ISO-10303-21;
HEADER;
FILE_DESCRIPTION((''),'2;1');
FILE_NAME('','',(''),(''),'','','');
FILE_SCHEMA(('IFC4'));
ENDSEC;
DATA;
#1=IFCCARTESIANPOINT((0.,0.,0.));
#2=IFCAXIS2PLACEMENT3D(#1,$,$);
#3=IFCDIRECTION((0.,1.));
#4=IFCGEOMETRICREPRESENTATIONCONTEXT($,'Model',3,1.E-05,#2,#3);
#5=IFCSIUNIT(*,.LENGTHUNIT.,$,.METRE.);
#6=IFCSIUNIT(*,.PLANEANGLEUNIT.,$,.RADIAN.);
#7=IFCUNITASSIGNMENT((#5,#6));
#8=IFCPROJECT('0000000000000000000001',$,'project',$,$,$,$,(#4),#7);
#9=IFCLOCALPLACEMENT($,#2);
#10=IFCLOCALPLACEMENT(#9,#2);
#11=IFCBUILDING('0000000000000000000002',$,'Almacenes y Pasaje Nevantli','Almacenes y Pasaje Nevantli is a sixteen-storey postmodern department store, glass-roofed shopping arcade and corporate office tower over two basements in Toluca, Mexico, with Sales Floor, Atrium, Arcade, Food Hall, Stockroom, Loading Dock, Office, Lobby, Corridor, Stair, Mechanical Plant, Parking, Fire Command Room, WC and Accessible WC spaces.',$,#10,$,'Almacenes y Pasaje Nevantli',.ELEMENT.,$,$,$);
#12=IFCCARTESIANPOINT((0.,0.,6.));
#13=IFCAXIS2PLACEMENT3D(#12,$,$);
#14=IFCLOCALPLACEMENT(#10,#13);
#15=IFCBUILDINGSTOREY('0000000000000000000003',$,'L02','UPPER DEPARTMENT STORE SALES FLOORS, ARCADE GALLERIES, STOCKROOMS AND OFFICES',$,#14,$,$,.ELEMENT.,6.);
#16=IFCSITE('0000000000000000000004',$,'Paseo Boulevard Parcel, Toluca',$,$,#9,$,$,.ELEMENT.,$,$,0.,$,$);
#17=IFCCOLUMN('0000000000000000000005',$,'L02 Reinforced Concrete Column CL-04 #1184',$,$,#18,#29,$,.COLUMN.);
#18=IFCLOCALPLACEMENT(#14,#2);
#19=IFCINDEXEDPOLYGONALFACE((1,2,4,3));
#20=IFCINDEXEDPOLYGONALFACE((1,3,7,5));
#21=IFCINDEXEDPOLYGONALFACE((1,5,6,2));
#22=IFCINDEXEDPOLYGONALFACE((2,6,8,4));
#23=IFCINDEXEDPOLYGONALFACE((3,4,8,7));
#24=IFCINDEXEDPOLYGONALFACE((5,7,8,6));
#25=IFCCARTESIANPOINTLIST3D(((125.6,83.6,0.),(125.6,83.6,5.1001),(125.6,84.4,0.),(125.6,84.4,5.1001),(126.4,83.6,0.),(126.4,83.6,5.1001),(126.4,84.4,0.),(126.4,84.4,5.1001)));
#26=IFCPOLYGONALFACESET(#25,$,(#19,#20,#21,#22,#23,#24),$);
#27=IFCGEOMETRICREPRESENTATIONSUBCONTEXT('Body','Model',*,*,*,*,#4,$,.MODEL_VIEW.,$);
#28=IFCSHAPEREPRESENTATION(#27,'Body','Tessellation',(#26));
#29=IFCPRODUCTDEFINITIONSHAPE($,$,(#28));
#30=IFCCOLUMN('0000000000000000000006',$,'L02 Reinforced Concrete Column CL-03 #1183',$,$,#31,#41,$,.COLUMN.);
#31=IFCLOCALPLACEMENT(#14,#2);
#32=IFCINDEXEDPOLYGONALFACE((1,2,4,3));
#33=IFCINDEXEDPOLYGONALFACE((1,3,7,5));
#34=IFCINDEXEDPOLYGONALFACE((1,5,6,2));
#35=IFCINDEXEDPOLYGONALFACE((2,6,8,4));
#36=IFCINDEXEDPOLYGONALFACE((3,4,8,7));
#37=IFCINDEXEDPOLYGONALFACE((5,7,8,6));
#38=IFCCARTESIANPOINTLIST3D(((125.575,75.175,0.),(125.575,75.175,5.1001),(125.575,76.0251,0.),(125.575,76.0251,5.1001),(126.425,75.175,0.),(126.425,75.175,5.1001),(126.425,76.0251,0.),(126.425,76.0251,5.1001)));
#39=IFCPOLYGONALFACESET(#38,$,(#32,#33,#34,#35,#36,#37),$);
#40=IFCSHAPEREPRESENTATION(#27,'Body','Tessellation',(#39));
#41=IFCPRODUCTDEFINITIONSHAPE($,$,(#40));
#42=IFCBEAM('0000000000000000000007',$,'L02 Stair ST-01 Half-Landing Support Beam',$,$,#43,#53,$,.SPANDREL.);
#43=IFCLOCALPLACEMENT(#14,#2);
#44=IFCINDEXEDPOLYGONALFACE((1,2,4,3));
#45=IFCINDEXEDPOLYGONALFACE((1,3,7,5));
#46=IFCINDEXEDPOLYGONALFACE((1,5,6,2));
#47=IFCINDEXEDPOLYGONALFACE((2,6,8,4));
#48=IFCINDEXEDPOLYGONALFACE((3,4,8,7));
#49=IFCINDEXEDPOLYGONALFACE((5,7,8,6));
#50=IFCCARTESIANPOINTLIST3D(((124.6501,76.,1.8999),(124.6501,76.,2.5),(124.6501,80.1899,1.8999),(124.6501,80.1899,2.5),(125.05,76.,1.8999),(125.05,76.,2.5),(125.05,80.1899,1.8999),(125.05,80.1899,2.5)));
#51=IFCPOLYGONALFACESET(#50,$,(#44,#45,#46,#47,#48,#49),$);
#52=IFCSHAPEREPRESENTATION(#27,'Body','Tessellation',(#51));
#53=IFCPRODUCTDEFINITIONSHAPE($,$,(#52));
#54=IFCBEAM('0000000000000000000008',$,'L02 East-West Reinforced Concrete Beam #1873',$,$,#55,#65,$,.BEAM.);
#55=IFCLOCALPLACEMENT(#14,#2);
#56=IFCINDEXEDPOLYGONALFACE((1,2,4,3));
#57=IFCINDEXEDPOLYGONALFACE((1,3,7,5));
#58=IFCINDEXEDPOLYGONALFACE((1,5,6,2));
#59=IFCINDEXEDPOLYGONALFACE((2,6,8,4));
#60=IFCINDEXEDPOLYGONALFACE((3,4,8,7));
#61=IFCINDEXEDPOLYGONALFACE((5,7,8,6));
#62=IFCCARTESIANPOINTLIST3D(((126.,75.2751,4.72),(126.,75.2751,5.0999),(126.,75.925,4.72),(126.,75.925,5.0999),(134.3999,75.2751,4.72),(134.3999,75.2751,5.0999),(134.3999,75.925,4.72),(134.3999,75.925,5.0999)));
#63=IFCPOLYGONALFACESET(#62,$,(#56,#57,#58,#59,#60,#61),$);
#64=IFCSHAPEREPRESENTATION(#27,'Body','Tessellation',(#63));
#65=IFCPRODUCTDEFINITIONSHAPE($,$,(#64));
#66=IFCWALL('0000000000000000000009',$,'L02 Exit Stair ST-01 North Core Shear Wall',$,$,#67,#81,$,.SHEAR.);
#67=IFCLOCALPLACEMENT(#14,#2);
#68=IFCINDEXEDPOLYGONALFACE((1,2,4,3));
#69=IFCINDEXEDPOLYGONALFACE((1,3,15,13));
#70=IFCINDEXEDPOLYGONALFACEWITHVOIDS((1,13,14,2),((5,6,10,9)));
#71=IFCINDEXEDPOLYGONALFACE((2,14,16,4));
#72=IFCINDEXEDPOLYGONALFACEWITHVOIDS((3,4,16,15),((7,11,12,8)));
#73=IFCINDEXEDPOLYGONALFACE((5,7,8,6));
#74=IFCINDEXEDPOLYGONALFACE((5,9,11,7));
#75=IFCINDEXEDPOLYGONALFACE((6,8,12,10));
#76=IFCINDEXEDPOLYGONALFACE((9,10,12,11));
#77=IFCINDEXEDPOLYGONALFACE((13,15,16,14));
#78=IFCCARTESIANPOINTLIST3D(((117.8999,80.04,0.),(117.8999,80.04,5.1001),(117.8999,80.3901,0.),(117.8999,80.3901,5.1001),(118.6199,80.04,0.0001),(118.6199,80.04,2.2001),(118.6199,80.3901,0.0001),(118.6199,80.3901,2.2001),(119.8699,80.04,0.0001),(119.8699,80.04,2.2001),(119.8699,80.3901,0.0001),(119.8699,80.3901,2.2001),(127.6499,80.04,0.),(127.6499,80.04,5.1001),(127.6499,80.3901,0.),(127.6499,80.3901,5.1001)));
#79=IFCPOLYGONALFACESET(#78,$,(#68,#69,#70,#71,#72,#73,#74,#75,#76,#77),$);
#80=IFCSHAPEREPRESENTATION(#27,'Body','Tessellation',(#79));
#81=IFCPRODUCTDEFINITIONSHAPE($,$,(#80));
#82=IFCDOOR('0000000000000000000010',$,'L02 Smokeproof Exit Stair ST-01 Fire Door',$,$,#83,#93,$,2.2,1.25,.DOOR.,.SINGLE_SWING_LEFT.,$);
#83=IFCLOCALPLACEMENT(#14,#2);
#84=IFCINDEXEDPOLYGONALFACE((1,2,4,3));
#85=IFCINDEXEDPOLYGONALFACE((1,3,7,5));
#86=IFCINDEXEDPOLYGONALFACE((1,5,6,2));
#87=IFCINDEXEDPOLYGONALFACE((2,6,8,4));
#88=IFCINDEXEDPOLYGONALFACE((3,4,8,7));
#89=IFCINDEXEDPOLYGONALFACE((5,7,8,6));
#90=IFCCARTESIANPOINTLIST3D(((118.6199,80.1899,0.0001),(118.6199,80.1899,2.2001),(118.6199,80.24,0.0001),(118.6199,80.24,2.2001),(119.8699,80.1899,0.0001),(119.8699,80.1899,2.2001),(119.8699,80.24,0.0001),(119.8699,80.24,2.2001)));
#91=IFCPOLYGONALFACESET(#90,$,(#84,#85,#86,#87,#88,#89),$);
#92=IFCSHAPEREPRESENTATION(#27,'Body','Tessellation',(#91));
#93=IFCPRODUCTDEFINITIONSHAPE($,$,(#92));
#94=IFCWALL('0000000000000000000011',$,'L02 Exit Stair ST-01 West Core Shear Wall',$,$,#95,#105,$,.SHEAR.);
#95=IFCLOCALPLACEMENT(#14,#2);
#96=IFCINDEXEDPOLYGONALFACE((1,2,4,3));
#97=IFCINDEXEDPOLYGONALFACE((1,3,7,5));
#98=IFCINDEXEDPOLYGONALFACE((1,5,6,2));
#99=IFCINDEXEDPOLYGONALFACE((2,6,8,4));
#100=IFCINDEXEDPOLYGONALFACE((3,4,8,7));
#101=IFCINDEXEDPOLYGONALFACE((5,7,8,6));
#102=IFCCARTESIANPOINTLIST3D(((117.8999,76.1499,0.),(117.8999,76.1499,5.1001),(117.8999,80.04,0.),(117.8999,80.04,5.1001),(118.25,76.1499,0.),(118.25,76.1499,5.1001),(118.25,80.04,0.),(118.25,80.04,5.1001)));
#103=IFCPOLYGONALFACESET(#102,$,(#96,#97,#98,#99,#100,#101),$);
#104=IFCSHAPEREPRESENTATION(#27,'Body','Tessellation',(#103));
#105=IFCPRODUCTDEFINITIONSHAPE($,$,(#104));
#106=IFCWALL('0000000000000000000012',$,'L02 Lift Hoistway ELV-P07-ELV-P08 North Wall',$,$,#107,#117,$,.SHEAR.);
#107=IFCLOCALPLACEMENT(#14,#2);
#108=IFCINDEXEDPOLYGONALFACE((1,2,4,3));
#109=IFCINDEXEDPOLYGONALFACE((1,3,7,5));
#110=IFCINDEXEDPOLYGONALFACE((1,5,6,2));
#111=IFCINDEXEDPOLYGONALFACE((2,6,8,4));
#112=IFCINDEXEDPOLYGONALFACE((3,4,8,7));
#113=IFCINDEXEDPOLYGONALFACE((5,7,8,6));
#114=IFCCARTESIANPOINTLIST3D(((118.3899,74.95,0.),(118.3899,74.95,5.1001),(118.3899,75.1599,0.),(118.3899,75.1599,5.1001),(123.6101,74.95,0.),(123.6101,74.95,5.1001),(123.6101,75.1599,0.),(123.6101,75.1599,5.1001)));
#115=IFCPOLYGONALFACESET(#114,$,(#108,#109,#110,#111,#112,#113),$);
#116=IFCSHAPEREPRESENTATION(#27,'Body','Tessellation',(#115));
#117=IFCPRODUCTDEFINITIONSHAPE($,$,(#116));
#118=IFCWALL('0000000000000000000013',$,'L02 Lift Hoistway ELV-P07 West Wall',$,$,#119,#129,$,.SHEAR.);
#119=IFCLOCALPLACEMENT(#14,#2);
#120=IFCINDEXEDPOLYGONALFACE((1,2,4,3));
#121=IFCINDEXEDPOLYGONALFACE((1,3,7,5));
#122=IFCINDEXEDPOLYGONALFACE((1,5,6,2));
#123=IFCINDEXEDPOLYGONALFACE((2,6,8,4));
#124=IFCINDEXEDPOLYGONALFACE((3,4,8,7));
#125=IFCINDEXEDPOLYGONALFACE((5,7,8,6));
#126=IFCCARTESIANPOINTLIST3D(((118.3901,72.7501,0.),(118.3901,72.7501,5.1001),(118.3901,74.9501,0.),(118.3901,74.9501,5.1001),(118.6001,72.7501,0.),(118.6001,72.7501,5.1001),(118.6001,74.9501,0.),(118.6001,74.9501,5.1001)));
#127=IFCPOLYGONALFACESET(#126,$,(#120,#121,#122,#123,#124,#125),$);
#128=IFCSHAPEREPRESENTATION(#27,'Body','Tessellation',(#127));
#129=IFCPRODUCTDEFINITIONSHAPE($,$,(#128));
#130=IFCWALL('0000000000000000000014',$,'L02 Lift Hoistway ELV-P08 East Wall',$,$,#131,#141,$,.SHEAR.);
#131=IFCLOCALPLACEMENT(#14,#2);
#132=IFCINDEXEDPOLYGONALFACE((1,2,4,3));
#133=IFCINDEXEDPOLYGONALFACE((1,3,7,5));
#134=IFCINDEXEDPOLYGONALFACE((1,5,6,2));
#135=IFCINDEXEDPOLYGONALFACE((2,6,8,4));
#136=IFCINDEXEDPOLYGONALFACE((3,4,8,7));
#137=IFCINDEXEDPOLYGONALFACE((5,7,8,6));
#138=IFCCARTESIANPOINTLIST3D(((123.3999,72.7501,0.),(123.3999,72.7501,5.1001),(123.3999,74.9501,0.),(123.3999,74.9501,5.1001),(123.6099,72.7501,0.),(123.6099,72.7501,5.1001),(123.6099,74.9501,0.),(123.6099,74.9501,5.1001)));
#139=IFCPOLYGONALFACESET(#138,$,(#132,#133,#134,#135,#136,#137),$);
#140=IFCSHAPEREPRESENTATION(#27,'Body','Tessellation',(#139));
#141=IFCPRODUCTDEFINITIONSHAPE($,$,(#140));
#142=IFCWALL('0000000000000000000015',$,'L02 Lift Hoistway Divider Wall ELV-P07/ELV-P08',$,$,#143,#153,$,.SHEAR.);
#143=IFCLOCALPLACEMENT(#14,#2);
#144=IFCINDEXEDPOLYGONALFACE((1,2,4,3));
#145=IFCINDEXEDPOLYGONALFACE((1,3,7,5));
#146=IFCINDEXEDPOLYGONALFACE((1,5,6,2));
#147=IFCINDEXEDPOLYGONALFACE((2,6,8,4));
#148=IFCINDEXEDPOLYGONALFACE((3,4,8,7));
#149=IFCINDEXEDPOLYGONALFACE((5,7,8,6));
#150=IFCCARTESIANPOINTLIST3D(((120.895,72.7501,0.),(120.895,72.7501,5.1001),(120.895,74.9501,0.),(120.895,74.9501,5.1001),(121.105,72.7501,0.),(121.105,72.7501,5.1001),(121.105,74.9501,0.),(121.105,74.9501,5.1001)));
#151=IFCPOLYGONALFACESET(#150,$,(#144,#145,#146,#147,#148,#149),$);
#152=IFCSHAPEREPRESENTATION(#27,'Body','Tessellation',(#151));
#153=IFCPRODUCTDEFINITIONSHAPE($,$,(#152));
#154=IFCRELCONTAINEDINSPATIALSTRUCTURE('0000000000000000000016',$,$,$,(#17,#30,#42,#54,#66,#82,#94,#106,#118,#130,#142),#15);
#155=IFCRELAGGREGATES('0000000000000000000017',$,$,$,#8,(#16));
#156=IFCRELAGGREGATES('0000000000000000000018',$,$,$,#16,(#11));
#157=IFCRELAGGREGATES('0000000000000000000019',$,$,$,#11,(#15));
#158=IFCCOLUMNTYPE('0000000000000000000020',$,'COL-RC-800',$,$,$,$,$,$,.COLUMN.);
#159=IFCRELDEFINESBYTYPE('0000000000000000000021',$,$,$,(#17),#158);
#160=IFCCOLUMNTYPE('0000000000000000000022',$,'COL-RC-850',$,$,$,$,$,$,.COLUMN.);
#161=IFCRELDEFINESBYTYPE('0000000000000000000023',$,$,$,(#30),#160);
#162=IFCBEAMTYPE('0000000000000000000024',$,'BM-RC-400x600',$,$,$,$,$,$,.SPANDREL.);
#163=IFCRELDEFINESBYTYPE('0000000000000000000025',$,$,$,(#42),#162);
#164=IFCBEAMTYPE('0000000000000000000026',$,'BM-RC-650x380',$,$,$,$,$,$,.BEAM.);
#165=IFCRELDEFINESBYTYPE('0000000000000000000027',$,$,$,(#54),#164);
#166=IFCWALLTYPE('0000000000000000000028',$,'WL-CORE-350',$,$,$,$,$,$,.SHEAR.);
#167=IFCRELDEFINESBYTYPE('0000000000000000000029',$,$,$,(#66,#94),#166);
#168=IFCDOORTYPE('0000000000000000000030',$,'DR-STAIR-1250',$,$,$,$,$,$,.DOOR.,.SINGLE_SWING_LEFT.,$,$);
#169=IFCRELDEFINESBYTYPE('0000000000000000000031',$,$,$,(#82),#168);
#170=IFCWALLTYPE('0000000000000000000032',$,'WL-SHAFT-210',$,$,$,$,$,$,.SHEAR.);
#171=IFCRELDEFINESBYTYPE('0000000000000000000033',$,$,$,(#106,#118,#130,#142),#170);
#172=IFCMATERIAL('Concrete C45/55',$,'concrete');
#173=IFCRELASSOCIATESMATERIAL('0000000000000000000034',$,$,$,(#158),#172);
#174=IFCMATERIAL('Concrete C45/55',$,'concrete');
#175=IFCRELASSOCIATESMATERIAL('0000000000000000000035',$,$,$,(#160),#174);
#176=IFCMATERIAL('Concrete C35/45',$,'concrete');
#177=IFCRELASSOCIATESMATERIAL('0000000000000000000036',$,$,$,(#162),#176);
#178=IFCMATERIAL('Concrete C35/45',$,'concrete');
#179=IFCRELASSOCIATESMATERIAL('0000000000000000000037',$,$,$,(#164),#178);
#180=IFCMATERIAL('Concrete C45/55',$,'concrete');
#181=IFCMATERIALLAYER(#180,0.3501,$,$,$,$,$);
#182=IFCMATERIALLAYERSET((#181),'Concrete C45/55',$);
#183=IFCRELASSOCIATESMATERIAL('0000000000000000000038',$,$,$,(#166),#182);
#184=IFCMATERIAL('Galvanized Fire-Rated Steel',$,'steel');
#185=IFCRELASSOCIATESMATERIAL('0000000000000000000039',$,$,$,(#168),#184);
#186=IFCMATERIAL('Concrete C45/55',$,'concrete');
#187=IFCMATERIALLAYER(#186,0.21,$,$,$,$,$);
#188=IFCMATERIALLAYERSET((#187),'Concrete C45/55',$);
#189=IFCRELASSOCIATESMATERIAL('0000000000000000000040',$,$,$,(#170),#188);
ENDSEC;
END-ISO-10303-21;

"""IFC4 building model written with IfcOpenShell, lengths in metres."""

from ifc_helpers import new_model, si_unit, direction, frame, frame_2d, origin, origin_2d, place, context, subcontext, project, spatial, rectangle, extrude, material, layer, layer_set, material_profile, profile_set, type_object, element, fill, save


model = new_model("IFC4")

# Units and contexts
model_context = context("Model", 3, precision=1e-05, world=origin(), true_north=direction((0.0, 1.0)))
body_context = subcontext(model_context, "Body", "Model", "MODEL_VIEW")
ifc_project = project(units=[si_unit("LENGTHUNIT", "METRE"), si_unit("PLANEANGLEUNIT", "RADIAN")], contexts=[model_context])

# Site, building, storey
site_placement = place(None, origin())
site = spatial("IfcSite", under=ifc_project, at=site_placement, Name="Paseo Boulevard Parcel, Toluca", CompositionType="ELEMENT", RefElevation=0.0)
building_placement = place(site_placement, origin())
building = spatial("IfcBuilding", under=site, at=building_placement, Name="Almacenes y Pasaje Nevantli", Description="Almacenes y Pasaje Nevantli is a sixteen-storey postmodern department store, glass-roofed shopping arcade and corporate office tower over two basements in Toluca, Mexico, with Sales Floor, Atrium, Arcade, Food Hall, Stockroom, Loading Dock, Office, Lobby, Corridor, Stair, Mechanical Plant, Parking, Fire Command Room, WC and Accessible WC spaces.", LongName="Almacenes y Pasaje Nevantli", CompositionType="ELEMENT")
storey_placement = place(building_placement, frame((0.0, 0.0, 6.0)))
storey = spatial("IfcBuildingStorey", under=building, at=storey_placement, Name="L02", Description="UPPER DEPARTMENT STORE SALES FLOORS, ARCADE GALLERIES, STOCKROOMS AND OFFICES", CompositionType="ELEMENT", Elevation=6.0)

# Columns
ifc_material_1 = material(Name="Concrete C45/55", Category="concrete")
ifc_material_profile_1 = material_profile(ifc_material_1, rectangle(XDim=0.8, YDim=0.8, at=origin_2d()), Name="RC-COL-800x800")
ifc_profile_set_1 = profile_set([ifc_material_profile_1], Name="Concrete C45/55")
column_type_1 = type_object("IfcColumnType", Name="COL-RC-800", PredefinedType="COLUMN", material=ifc_profile_set_1)
column_1_placement = place(storey_placement, frame((126.0, 84.0, 0.0), z_axis=(0.0, 0.0, 1.0), x_axis=(1.0, 0.0, 0.0)))
element("IfcColumn", 1, at=column_1_placement, inside=storey, type_object=column_type_1, Name="L02 Reinforced Concrete Column CL-04 #1184", PredefinedType="COLUMN", context=body_context, shape_type="SweptSolid", body=[
    extrude(rectangle(XDim=0.8, YDim=0.8, at=origin_2d()), origin(), (0.0, 0.0, 1.0), 5.1001),
])
ifc_material_2 = material(Name="Concrete C45/55", Category="concrete")
ifc_material_profile_2 = material_profile(ifc_material_2, rectangle(XDim=0.8501, YDim=0.8501, at=origin_2d()), Name="RC-COL-850x850")
ifc_profile_set_2 = profile_set([ifc_material_profile_2], Name="Concrete C45/55")
column_type_2 = type_object("IfcColumnType", Name="COL-RC-850", PredefinedType="COLUMN", material=ifc_profile_set_2)
column_2_placement = place(storey_placement, frame((126.0, 75.6001, 0.0), z_axis=(0.0, 0.0, 1.0), x_axis=(1.0, 0.0, 0.0)))
element("IfcColumn", 2, at=column_2_placement, inside=storey, type_object=column_type_2, Name="L02 Reinforced Concrete Column CL-03 #1183", PredefinedType="COLUMN", context=body_context, shape_type="SweptSolid", body=[
    extrude(rectangle(XDim=0.8501, YDim=0.8501, at=origin_2d()), origin(), (0.0, 0.0, 1.0), 5.1001),
])

# Beams
ifc_material_3 = material(Name="Concrete C35/45", Category="concrete")
ifc_material_profile_3 = material_profile(ifc_material_3, rectangle(XDim=0.3999, YDim=0.6001, at=origin_2d()), Name="RC-BM-400x600")
ifc_profile_set_3 = profile_set([ifc_material_profile_3], Name="Concrete C35/45")
beam_type_1 = type_object("IfcBeamType", Name="BM-RC-400x600", PredefinedType="SPANDREL", material=ifc_profile_set_3)
beam_1_placement = place(storey_placement, frame((124.8501, 76.0, 2.2), z_axis=(0.0, 1.0, 0.0), x_axis=(-1.0, 0.0, 0.0)))
element("IfcBeam", 3, at=beam_1_placement, inside=storey, type_object=beam_type_1, Name="L02 Stair ST-01 Half-Landing Support Beam", PredefinedType="SPANDREL", context=body_context, shape_type="SweptSolid", body=[
    extrude(rectangle(XDim=0.3999, YDim=0.6001, at=origin_2d()), origin(), (0.0, 0.0, 1.0), 4.1899),
])
ifc_material_4 = material(Name="Concrete C35/45", Category="concrete")
ifc_material_profile_4 = material_profile(ifc_material_4, rectangle(XDim=0.6499, YDim=0.3799, at=origin_2d()), Name="RC-BM-650x380")
ifc_profile_set_4 = profile_set([ifc_material_profile_4], Name="Concrete C35/45")
beam_type_2 = type_object("IfcBeamType", Name="BM-RC-650x380", PredefinedType="BEAM", material=ifc_profile_set_4)
beam_2_placement = place(storey_placement, frame((126.0, 75.6001, 4.9099), z_axis=(1.0, 0.0, 0.0), x_axis=(0.0, 1.0, 0.0)))
element("IfcBeam", 4, at=beam_2_placement, inside=storey, type_object=beam_type_2, Name="L02 East-West Reinforced Concrete Beam #1873", PredefinedType="BEAM", context=body_context, shape_type="SweptSolid", body=[
    extrude(rectangle(XDim=0.6499, YDim=0.3799, at=origin_2d()), origin(), (0.0, 0.0, 1.0), 8.3999),
])

# Wall, opening, door
ifc_material_5 = material(Name="Concrete C45/55", Category="concrete")
ifc_layer_1 = layer(ifc_material_5, 0.3501)
ifc_layer_set_1 = layer_set([ifc_layer_1], Name="Concrete C45/55")
wall_type_1 = type_object("IfcWallType", Name="WL-CORE-350", PredefinedType="SHEAR", material=ifc_layer_set_1)
wall_1_placement = place(storey_placement, frame((117.8999, 80.2151, 0.0), z_axis=(0.0, 0.0, 1.0), x_axis=(1.0, 0.0, 0.0)))
wall_1 = element("IfcWall", 5, at=wall_1_placement, inside=storey, type_object=wall_type_1, Name="L02 Exit Stair ST-01 North Core Shear Wall", PredefinedType="SHEAR", context=body_context, shape_type="SweptSolid", body=[
    extrude(rectangle(XDim=9.75, YDim=0.3501, at=frame_2d((4.875, 0.0))), origin(), (0.0, 0.0, 1.0), 5.1001),
])
opening_1_placement = place(wall_1_placement, frame((0.72, 0.0, 0.0)))
opening_1 = element("IfcOpeningElement", 6, at=opening_1_placement, cuts=wall_1, PredefinedType="OPENING", context=body_context, shape_type="SweptSolid", body=[
    extrude(rectangle(XDim=1.25, YDim=2.2, at=frame_2d((0.625, 1.1001))), frame((0.0, 0.1851, 0.0), z_axis=(0.0, -1.0, 0.0), x_axis=(1.0, 0.0, 0.0)), (0.0, 0.0, 1.0), 0.3701),
])
ifc_material_6 = material(Name="Galvanized Fire-Rated Steel", Category="steel")
door_type_1 = type_object("IfcDoorType", Name="DR-STAIR-1250", OperationType="SINGLE_SWING_LEFT", PredefinedType="DOOR", material=ifc_material_6)
door_1_placement = place(opening_1_placement, origin())
door_1 = element("IfcDoor", 7, at=door_1_placement, inside=storey, type_object=door_type_1, Name="L02 Smokeproof Exit Stair ST-01 Fire Door", OperationType="SINGLE_SWING_LEFT", OverallHeight=2.2, OverallWidth=1.25, PredefinedType="DOOR", context=body_context, shape_type="SweptSolid", body=[
    extrude(rectangle(XDim=1.25, YDim=2.2, at=frame_2d((0.625, 1.1001))), frame((0.0, 0.0249, 0.0), z_axis=(0.0, -1.0, 0.0), x_axis=(1.0, 0.0, 0.0)), (0.0, 0.0, 1.0), 0.05),
])
fill(opening_1, door_1)

# Wall
wall_2_placement = place(storey_placement, frame((118.075, 76.1499, 0.0), z_axis=(0.0, 0.0, 1.0), x_axis=(0.0, 1.0, 0.0)))
element("IfcWall", 8, at=wall_2_placement, inside=storey, type_object=wall_type_1, Name="L02 Exit Stair ST-01 West Core Shear Wall", PredefinedType="SHEAR", context=body_context, shape_type="SweptSolid", body=[
    extrude(rectangle(XDim=3.8901, YDim=0.3501, at=frame_2d((1.9451, 0.0))), origin(), (0.0, 0.0, 1.0), 5.1001),
])

# Shared definitions
ifc_material_7 = material(Name="Concrete C45/55", Category="concrete")
ifc_layer_2 = layer(ifc_material_7, 0.21)
ifc_layer_set_2 = layer_set([ifc_layer_2], Name="Concrete C45/55")
wall_type_2 = type_object("IfcWallType", Name="WL-SHAFT-210", PredefinedType="SHEAR", material=ifc_layer_set_2)

# Walls
wall_3_placement = place(storey_placement, frame((118.3899, 75.0549, 0.0), z_axis=(0.0, 0.0, 1.0), x_axis=(1.0, 0.0, 0.0)))
element("IfcWall", 9, at=wall_3_placement, inside=storey, type_object=wall_type_2, Name="L02 Lift Hoistway ELV-P07-ELV-P08 North Wall", PredefinedType="SHEAR", context=body_context, shape_type="SweptSolid", body=[
    extrude(rectangle(XDim=5.2202, YDim=0.21, at=frame_2d((2.6101, 0.0))), origin(), (0.0, 0.0, 1.0), 5.1001),
])
for number, where, z_axis, x_axis, name in (
    (10, (118.4951, 72.75, 0.0), (0.0, 0.0, 1.0), (0.0, 1.0, 0.0), "L02 Lift Hoistway ELV-P07 West Wall"),
    (11, (123.5049, 72.75, 0.0), (0.0, 0.0, 1.0), (0.0, 1.0, 0.0), "L02 Lift Hoistway ELV-P08 East Wall"),
    (12, (121.0, 72.75, 0.0), (0.0, 0.0, 1.0), (0.0, 1.0, 0.0), "L02 Lift Hoistway Divider Wall ELV-P07/ELV-P08"),
):
    element("IfcWall", number, at=place(storey_placement, frame(where, z_axis=z_axis, x_axis=x_axis)), inside=storey, type_object=wall_type_2, Name=name, PredefinedType="SHEAR", context=body_context, shape_type="SweptSolid", body=[
        extrude(rectangle(XDim=2.2, YDim=0.21, at=frame_2d((1.1001, 0.0))), origin(), (0.0, 0.0, 1.0), 5.1001),
    ])

save(model, "model.ifc")
